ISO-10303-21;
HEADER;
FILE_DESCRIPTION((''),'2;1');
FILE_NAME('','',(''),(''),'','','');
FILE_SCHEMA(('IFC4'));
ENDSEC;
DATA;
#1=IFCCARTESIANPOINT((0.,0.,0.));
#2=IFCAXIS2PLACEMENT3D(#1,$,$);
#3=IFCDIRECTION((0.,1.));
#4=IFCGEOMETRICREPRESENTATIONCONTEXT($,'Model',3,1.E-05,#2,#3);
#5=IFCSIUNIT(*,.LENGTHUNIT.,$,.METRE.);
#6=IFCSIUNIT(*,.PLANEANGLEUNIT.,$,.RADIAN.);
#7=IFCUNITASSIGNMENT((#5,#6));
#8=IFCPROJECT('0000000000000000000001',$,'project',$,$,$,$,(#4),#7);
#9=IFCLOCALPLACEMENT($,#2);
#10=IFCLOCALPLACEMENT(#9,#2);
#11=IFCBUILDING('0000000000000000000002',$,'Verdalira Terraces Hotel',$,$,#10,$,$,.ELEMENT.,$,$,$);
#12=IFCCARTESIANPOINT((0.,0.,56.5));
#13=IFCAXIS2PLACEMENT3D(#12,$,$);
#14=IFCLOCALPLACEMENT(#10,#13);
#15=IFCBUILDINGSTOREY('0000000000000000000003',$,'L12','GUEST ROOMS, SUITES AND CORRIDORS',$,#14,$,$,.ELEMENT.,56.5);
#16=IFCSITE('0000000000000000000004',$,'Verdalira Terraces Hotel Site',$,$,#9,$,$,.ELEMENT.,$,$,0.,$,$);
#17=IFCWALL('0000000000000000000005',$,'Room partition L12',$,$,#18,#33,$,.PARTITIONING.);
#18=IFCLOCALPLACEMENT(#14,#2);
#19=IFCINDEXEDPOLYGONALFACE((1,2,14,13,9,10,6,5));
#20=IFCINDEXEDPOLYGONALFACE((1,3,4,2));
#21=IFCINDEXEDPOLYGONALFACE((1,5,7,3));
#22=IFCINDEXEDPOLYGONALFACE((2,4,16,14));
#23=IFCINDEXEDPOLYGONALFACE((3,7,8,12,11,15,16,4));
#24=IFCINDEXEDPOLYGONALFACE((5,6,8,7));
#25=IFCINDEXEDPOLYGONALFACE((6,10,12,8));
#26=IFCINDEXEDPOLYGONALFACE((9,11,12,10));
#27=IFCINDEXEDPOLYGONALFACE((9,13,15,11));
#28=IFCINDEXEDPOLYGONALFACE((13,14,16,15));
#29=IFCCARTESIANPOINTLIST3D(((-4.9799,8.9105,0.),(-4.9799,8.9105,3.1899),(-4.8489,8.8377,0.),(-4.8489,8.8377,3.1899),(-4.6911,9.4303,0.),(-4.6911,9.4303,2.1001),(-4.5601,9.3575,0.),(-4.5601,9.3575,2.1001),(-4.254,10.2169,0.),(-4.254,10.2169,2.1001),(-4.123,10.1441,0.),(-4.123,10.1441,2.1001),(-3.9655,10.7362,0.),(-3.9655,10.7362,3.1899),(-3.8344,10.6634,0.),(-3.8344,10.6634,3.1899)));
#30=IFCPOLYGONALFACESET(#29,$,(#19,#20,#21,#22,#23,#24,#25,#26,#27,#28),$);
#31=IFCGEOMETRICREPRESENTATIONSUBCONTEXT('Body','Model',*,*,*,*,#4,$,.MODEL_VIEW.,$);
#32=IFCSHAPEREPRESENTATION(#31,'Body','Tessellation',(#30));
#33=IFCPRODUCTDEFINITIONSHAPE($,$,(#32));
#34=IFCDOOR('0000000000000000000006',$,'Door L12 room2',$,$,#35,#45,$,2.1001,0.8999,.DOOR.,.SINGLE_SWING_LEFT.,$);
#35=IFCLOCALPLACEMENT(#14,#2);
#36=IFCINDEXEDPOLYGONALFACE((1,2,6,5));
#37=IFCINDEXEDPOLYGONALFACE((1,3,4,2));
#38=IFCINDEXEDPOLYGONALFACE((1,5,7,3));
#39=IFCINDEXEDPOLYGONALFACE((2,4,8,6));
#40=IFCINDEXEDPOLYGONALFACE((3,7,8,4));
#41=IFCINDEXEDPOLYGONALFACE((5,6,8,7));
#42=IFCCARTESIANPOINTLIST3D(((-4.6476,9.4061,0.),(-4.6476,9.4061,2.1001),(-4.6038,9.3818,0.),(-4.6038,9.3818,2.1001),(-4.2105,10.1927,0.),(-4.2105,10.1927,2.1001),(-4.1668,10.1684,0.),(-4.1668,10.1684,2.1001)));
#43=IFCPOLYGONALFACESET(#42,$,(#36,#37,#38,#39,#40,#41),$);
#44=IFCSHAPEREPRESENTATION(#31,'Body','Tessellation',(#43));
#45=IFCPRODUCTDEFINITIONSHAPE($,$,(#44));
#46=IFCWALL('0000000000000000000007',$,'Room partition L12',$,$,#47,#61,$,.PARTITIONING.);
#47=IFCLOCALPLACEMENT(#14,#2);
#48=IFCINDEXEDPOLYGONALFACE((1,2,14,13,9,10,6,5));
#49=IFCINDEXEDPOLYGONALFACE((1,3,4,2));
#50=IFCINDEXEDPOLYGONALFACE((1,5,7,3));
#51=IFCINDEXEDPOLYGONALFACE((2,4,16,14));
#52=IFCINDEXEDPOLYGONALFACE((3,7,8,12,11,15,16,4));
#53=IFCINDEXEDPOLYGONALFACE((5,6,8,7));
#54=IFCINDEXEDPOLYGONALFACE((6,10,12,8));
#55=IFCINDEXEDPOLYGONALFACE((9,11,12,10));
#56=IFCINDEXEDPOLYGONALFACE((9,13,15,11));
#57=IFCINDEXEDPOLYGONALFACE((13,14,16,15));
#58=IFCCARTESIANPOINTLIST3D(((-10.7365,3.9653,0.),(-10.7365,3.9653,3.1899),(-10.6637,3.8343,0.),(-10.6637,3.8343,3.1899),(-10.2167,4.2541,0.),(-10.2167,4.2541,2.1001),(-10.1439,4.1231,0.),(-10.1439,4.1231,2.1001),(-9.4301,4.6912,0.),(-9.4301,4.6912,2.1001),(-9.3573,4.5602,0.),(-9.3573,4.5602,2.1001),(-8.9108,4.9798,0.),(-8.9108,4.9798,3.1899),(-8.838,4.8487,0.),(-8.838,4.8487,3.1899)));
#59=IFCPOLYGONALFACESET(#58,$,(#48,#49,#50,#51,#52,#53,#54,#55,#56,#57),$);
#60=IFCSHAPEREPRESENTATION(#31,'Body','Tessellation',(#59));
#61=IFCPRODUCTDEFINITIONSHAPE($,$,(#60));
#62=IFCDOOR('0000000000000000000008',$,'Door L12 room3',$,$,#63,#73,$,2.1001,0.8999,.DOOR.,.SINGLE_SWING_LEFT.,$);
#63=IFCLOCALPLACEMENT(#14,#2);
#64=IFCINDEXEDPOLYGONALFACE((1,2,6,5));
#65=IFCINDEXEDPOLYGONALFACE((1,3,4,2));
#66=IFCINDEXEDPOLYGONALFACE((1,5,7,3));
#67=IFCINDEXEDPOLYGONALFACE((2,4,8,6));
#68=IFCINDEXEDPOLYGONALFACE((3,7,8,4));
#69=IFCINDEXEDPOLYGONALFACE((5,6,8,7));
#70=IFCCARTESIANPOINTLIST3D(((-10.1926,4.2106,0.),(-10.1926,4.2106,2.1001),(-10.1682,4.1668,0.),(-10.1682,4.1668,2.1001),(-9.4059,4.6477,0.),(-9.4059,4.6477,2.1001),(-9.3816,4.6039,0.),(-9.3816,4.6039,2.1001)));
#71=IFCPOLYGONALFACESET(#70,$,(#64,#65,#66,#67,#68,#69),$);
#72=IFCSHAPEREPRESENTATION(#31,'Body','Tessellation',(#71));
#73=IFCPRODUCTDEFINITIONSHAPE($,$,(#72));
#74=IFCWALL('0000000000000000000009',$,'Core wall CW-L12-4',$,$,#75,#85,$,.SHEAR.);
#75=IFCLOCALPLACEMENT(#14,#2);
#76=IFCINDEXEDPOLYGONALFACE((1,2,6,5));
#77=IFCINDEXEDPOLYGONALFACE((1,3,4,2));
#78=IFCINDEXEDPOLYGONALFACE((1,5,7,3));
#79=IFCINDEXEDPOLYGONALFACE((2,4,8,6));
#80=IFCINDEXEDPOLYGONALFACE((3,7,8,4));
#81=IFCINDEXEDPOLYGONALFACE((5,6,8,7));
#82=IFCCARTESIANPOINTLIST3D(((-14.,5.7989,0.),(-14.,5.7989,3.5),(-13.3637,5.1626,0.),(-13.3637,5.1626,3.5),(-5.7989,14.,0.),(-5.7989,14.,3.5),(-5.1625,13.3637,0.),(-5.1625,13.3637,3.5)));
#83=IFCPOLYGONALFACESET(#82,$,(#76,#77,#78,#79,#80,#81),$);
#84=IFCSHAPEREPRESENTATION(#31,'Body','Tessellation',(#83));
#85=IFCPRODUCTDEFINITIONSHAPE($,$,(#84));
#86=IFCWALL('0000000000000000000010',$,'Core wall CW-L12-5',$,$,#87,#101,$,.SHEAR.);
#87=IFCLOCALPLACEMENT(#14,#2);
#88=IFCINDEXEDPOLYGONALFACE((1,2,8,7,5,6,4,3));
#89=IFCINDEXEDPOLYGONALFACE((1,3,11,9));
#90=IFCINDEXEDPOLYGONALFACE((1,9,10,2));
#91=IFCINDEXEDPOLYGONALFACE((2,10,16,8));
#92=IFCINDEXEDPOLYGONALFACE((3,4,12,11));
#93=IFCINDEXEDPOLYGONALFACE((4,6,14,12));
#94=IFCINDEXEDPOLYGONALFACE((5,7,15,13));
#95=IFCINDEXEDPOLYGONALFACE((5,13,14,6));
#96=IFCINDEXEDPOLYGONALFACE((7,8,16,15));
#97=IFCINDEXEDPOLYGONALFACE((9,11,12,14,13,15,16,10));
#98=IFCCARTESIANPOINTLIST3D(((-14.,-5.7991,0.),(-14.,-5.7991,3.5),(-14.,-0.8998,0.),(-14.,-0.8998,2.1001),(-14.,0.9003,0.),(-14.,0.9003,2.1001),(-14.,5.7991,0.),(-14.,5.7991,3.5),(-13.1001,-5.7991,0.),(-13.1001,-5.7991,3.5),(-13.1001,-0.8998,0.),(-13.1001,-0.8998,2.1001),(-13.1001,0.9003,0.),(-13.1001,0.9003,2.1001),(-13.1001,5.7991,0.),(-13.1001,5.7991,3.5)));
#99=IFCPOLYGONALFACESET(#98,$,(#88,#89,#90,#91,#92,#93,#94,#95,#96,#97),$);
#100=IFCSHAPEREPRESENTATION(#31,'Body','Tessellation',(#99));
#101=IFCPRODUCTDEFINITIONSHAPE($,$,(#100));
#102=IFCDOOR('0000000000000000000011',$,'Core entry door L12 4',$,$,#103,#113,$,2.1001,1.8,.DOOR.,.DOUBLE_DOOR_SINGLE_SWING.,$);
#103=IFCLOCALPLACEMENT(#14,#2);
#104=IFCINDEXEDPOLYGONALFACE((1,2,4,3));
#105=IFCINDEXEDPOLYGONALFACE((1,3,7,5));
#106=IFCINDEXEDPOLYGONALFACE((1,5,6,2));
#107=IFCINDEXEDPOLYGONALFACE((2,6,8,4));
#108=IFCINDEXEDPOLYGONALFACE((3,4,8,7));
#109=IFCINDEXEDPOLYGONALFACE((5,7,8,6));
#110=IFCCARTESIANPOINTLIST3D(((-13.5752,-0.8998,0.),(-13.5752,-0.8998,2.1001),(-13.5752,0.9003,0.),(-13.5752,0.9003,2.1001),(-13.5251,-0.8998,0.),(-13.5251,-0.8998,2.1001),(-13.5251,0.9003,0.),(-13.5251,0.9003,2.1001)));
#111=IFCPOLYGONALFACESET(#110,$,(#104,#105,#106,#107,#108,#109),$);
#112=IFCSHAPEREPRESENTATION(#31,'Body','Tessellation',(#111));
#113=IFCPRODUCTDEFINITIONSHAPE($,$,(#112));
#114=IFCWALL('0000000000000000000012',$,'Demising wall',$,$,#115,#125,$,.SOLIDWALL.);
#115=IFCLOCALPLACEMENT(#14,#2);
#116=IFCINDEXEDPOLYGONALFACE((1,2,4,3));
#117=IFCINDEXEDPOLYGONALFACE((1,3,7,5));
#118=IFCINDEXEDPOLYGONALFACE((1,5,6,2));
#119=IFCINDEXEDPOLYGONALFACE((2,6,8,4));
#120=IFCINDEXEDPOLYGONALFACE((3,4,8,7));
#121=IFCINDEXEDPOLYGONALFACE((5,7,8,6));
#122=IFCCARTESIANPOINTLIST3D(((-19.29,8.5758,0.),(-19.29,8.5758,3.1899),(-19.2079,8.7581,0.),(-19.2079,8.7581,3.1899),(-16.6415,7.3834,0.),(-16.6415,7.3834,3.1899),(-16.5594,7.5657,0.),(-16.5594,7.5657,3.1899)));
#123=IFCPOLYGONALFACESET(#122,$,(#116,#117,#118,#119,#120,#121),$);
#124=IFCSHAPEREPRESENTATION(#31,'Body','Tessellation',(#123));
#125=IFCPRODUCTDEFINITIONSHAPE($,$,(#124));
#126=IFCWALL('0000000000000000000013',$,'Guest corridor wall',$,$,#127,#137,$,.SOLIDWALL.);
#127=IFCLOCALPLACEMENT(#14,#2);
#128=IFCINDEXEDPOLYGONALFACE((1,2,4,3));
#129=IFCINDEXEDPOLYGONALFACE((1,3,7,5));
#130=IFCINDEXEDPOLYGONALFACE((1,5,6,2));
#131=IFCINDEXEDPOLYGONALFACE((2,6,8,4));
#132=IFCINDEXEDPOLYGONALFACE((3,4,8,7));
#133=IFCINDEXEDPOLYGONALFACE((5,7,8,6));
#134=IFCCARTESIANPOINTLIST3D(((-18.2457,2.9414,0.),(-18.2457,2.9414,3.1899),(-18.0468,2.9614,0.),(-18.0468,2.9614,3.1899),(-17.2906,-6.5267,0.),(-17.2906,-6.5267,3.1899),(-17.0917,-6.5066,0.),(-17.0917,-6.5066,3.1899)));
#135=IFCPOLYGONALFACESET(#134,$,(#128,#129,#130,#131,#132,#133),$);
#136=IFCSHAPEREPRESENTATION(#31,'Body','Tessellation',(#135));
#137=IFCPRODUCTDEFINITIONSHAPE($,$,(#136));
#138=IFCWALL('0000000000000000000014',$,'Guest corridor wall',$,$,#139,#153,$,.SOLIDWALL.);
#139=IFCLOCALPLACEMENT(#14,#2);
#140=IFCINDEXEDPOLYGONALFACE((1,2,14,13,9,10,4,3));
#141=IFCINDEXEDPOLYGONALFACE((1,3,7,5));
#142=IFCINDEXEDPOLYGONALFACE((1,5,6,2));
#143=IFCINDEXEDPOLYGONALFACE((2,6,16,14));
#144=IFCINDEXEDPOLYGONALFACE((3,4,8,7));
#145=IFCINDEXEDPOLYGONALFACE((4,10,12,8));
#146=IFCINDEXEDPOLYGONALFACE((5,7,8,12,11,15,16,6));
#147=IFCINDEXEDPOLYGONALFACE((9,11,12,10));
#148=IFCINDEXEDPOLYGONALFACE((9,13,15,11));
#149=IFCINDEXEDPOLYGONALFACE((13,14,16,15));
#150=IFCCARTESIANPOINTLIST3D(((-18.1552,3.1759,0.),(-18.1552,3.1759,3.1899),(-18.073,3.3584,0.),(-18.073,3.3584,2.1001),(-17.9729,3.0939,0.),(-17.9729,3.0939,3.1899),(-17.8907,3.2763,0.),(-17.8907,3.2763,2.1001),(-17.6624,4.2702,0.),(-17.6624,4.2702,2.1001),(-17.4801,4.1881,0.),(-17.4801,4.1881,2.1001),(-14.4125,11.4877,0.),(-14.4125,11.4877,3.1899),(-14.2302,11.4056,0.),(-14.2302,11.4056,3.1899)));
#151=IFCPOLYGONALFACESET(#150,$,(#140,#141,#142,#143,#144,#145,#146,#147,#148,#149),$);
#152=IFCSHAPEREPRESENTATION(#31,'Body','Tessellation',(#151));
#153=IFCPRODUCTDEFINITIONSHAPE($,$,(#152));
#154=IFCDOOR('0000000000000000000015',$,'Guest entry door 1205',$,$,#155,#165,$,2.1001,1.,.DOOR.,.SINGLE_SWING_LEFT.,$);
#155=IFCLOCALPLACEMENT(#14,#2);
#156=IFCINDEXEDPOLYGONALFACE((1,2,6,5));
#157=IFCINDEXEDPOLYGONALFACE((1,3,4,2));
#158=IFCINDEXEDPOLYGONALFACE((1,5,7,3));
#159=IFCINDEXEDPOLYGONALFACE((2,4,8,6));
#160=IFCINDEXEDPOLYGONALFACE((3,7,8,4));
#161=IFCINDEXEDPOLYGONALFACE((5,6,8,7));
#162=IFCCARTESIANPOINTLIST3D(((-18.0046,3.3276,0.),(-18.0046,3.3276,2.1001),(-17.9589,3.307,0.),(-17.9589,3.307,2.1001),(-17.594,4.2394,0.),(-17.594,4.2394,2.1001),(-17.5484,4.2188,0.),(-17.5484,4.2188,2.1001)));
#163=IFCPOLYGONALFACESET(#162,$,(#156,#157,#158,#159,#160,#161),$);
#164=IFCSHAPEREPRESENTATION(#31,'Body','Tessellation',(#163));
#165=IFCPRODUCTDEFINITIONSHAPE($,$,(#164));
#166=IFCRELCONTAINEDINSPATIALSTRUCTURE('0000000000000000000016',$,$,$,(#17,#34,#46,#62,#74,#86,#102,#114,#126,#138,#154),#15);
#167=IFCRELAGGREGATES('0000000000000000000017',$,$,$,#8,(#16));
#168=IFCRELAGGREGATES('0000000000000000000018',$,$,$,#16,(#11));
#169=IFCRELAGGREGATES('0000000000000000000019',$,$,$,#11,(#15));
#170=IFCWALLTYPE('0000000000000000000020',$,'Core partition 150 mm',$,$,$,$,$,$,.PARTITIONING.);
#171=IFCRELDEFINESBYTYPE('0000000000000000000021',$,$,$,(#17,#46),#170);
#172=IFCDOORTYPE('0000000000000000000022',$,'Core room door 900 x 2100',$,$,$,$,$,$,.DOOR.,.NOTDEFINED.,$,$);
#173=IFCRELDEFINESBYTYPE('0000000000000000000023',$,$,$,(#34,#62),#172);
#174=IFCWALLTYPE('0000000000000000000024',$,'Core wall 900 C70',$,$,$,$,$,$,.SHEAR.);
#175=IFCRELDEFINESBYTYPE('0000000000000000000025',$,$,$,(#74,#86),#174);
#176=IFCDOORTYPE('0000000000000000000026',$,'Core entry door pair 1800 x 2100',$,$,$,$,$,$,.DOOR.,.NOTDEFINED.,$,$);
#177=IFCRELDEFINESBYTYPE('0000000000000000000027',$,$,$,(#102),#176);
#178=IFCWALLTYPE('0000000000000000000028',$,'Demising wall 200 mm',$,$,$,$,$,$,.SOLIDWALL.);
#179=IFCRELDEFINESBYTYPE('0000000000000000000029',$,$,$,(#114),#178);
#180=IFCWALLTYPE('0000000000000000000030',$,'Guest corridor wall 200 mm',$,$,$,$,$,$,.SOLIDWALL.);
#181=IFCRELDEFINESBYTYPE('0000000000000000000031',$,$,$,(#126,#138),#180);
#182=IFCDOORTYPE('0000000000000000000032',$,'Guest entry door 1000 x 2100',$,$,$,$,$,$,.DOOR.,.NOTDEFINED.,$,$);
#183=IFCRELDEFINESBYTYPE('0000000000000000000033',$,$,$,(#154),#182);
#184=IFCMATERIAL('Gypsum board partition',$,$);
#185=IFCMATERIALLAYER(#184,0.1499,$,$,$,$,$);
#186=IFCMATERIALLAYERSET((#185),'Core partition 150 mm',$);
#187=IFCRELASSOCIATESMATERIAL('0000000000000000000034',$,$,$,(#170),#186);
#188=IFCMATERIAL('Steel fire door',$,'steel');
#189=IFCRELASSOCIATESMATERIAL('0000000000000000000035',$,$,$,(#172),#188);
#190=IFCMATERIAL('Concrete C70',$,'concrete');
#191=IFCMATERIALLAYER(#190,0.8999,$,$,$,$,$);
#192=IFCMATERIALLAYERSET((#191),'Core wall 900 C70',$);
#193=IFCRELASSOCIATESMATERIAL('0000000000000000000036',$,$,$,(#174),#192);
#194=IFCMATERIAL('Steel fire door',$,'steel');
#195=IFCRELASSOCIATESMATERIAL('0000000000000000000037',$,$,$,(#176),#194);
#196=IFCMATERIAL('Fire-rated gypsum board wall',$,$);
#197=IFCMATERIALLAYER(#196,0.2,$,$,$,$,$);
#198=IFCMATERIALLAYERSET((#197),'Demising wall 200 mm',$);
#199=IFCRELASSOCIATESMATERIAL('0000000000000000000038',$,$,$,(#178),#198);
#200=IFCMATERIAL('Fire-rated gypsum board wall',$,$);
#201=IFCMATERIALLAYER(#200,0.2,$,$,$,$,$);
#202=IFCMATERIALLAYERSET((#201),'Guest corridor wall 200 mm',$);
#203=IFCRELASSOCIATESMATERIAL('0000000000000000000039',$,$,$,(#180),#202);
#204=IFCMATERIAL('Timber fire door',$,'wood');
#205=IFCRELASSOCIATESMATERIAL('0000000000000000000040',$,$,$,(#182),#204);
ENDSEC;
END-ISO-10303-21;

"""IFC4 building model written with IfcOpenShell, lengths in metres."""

from ifc_helpers import new_model, si_unit, direction, frame, frame_2d, origin, place, context, subcontext, project, spatial, rectangle, extrude, material, layer, layer_set, type_object, element, fill, save


model = new_model("IFC4")

# Units and contexts
model_context = context("Model", 3, precision=1e-05, world=origin(), true_north=direction((0.0, 1.0)))
body_context = subcontext(model_context, "Body", "Model", "MODEL_VIEW")
ifc_project = project(units=[si_unit("LENGTHUNIT", "METRE"), si_unit("PLANEANGLEUNIT", "RADIAN")], contexts=[model_context])

# Site, building, storey
site_placement = place(None, origin())
site = spatial("IfcSite", under=ifc_project, at=site_placement, Name="Verdalira Terraces Hotel Site", CompositionType="ELEMENT", RefElevation=0.0)
building_placement = place(site_placement, origin())
building = spatial("IfcBuilding", under=site, at=building_placement, Name="Verdalira Terraces Hotel", CompositionType="ELEMENT")
storey_placement = place(building_placement, frame((0.0, 0.0, 56.5)))
storey = spatial("IfcBuildingStorey", under=building, at=storey_placement, Name="L12", Description="GUEST ROOMS, SUITES AND CORRIDORS", CompositionType="ELEMENT", Elevation=56.5)

# Walls, openings, doors
ifc_material_1 = material(Name="Gypsum board partition")
ifc_layer_1 = layer(ifc_material_1, 0.1499)
ifc_layer_set_1 = layer_set([ifc_layer_1], Name="Core partition 150 mm")
wall_type_1 = type_object("IfcWallType", Name="Core partition 150 mm", PredefinedType="PARTITIONING", material=ifc_layer_set_1)
wall_1_placement = place(storey_placement, frame((-3.8999, 10.7, 0.0), z_axis=(0.0, 0.0, 1.0), x_axis=(-0.485693, -0.87413, 0.0)))
wall_1 = element("IfcWall", 1, at=wall_1_placement, inside=storey, type_object=wall_type_1, Name="Room partition L12", PredefinedType="PARTITIONING", context=body_context, shape_type="SweptSolid", body=[
    extrude(rectangle(XDim=2.0886, YDim=0.1499, at=frame_2d((1.0444, 0.0))), origin(), (0.0, 0.0, 1.0), 3.1899),
])
opening_1_placement = place(wall_1_placement, frame((0.5942, 0.0, 0.0)))
opening_1 = element("IfcOpeningElement", 2, at=opening_1_placement, cuts=wall_1, PredefinedType="OPENING", context=body_context, shape_type="SweptSolid", body=[
    extrude(rectangle(XDim=0.8999, YDim=2.1001, at=frame_2d((0.45, 1.05))), frame((0.0, 0.085, 0.0), z_axis=(0.0, -1.0, 0.0), x_axis=(1.0, 0.0, 0.0)), (0.0, 0.0, 1.0), 0.1699),
])
ifc_material_2 = material(Name="Steel fire door", Category="steel")
door_type_1 = type_object("IfcDoorType", Name="Core room door 900 x 2100", OperationType="NOTDEFINED", PredefinedType="DOOR", material=ifc_material_2)
door_1_placement = place(opening_1_placement, origin())
door_1 = element("IfcDoor", 3, at=door_1_placement, inside=storey, type_object=door_type_1, Name="Door L12 room2", OperationType="SINGLE_SWING_LEFT", OverallHeight=2.1001, OverallWidth=0.8999, PredefinedType="DOOR", context=body_context, shape_type="SweptSolid", body=[
    extrude(rectangle(XDim=0.8999, YDim=2.1001, at=frame_2d((0.45, 1.05))), frame((0.0, 0.0249, 0.0), z_axis=(0.0, -1.0, 0.0), x_axis=(1.0, 0.0, 0.0)), (0.0, 0.0, 1.0), 0.05),
])
fill(opening_1, door_1)
wall_2_placement = place(storey_placement, frame((-8.8743, 4.9143, 0.0), z_axis=(0.0, 0.0, 1.0), x_axis=(-0.87413, -0.485693, 0.0)))
wall_2 = element("IfcWall", 4, at=wall_2_placement, inside=storey, type_object=wall_type_1, Name="Room partition L12", PredefinedType="PARTITIONING", context=body_context, shape_type="SweptSolid", body=[
    extrude(rectangle(XDim=2.0886, YDim=0.1499, at=frame_2d((1.0444, 0.0))), origin(), (0.0, 0.0, 1.0), 3.1899),
])
opening_2_placement = place(wall_2_placement, frame((0.5942, 0.0, 0.0)))
opening_2 = element("IfcOpeningElement", 5, at=opening_2_placement, cuts=wall_2, PredefinedType="OPENING", context=body_context, shape_type="SweptSolid", body=[
    extrude(rectangle(XDim=0.8999, YDim=2.1001, at=frame_2d((0.45, 1.05))), frame((0.0, 0.085, 0.0), z_axis=(0.0, -1.0, 0.0), x_axis=(1.0, 0.0, 0.0)), (0.0, 0.0, 1.0), 0.1699),
])
door_2_placement = place(opening_2_placement, origin())
door_2 = element("IfcDoor", 6, at=door_2_placement, inside=storey, type_object=door_type_1, Name="Door L12 room3", OperationType="SINGLE_SWING_LEFT", OverallHeight=2.1001, OverallWidth=0.8999, PredefinedType="DOOR", context=body_context, shape_type="SweptSolid", body=[
    extrude(rectangle(XDim=0.8999, YDim=2.1001, at=frame_2d((0.45, 1.05))), frame((0.0, 0.0249, 0.0), z_axis=(0.0, -1.0, 0.0), x_axis=(1.0, 0.0, 0.0)), (0.0, 0.0, 1.0), 0.05),
])
fill(opening_2, door_2)

# Wall
ifc_material_3 = material(Name="Concrete C70", Category="concrete")
ifc_layer_2 = layer(ifc_material_3, 0.8999)
ifc_layer_set_2 = layer_set([ifc_layer_2], Name="Core wall 900 C70")
wall_type_2 = type_object("IfcWallType", Name="Core wall 900 C70", PredefinedType="SHEAR", material=ifc_layer_set_2)
wall_3_placement = place(storey_placement, frame((-5.4807, 13.6819, 0.0), z_axis=(0.0, 0.0, 1.0), x_axis=(-0.707107, -0.707107, 0.0)))
element("IfcWall", 7, at=wall_3_placement, inside=storey, type_object=wall_type_2, Name="Core wall CW-L12-4", PredefinedType="SHEAR", context=body_context, shape_type="SweptSolid", body=[
    extrude(rectangle(XDim=11.5981, YDim=0.8999, at=frame_2d((5.7991, 0.0))), origin(), (0.0, 0.0, 1.0), 3.5),
])

# Wall, opening, door
wall_4_placement = place(storey_placement, frame((-13.55, 5.7991, 0.0), z_axis=(0.0, 0.0, 1.0), x_axis=(0.0, -1.0, 0.0)))
wall_4 = element("IfcWall", 8, at=wall_4_placement, inside=storey, type_object=wall_type_2, Name="Core wall CW-L12-5", PredefinedType="SHEAR", context=body_context, shape_type="SweptSolid", body=[
    extrude(rectangle(XDim=11.5981, YDim=0.8999, at=frame_2d((5.7991, 0.0))), origin(), (0.0, 0.0, 1.0), 3.5),
])
opening_3_placement = place(wall_4_placement, frame((4.8989, 0.0, 0.0)))
opening_3 = element("IfcOpeningElement", 9, at=opening_3_placement, cuts=wall_4, PredefinedType="OPENING", context=body_context, shape_type="SweptSolid", body=[
    extrude(rectangle(XDim=1.8, YDim=2.1001, at=frame_2d((0.8999, 1.05))), frame((0.0, 0.46, 0.0), z_axis=(0.0, -1.0, 0.0), x_axis=(1.0, 0.0, 0.0)), (0.0, 0.0, 1.0), 0.9199),
])
ifc_material_4 = material(Name="Steel fire door", Category="steel")
door_type_2 = type_object("IfcDoorType", Name="Core entry door pair 1800 x 2100", OperationType="NOTDEFINED", PredefinedType="DOOR", material=ifc_material_4)
door_3_placement = place(opening_3_placement, origin())
door_3 = element("IfcDoor", 10, at=door_3_placement, inside=storey, type_object=door_type_2, Name="Core entry door L12 4", OperationType="DOUBLE_DOOR_SINGLE_SWING", OverallHeight=2.1001, OverallWidth=1.8, PredefinedType="DOOR", context=body_context, shape_type="SweptSolid", body=[
    extrude(rectangle(XDim=1.8, YDim=2.1001, at=frame_2d((0.8999, 1.05))), frame((0.0, 0.0249, 0.0), z_axis=(0.0, -1.0, 0.0), x_axis=(1.0, 0.0, 0.0)), (0.0, 0.0, 1.0), 0.05),
])
fill(opening_3, door_3)

# Walls
ifc_material_5 = material(Name="Fire-rated gypsum board wall")
ifc_layer_3 = layer(ifc_material_5, 0.2)
ifc_layer_set_3 = layer_set([ifc_layer_3], Name="Demising wall 200 mm")
wall_type_3 = type_object("IfcWallType", Name="Demising wall 200 mm", PredefinedType="SOLIDWALL", material=ifc_layer_set_3)
wall_5_placement = place(storey_placement, frame((-16.6006, 7.4746, 0.0), z_axis=(0.0, 0.0, 1.0), x_axis=(-0.911846, 0.410532, 0.0)))
element("IfcWall", 11, at=wall_5_placement, inside=storey, type_object=wall_type_3, Name="Demising wall", PredefinedType="SOLIDWALL", context=body_context, shape_type="SweptSolid", body=[
    extrude(rectangle(XDim=2.9045, YDim=0.2, at=frame_2d((1.4521, 0.0))), origin(), (0.0, 0.0, 1.0), 3.1899),
])
ifc_material_6 = material(Name="Fire-rated gypsum board wall")
ifc_layer_4 = layer(ifc_material_6, 0.2)
ifc_layer_set_4 = layer_set([ifc_layer_4], Name="Guest corridor wall 200 mm")
wall_type_4 = type_object("IfcWallType", Name="Guest corridor wall 200 mm", PredefinedType="SOLIDWALL", material=ifc_layer_set_4)
wall_6_placement = place(storey_placement, frame((-18.1462, 2.9514, 0.0), z_axis=(0.0, 0.0, 1.0), x_axis=(0.100365, -0.994951, 0.0)))
element("IfcWall", 12, at=wall_6_placement, inside=storey, type_object=wall_type_4, Name="Guest corridor wall", PredefinedType="SOLIDWALL", context=body_context, shape_type="SweptSolid", body=[
    extrude(rectangle(XDim=9.5161, YDim=0.2, at=frame_2d((4.7581, 0.0))), origin(), (0.0, 0.0, 1.0), 3.1899),
])

# Wall, opening, door
wall_7_placement = place(storey_placement, frame((-18.064, 3.135, 0.0), z_axis=(0.0, 0.0, 1.0), x_axis=(0.410582, 0.911824, 0.0)))
wall_7 = element("IfcWall", 13, at=wall_7_placement, inside=storey, type_object=wall_type_4, Name="Guest corridor wall", PredefinedType="SOLIDWALL", context=body_context, shape_type="SweptSolid", body=[
    extrude(rectangle(XDim=9.1155, YDim=0.2, at=frame_2d((4.5576, 0.0))), origin(), (0.0, 0.0, 1.0), 3.1899),
])
opening_4_placement = place(wall_7_placement, frame((0.2, 0.0, 0.0)))
opening_4 = element("IfcOpeningElement", 14, at=opening_4_placement, cuts=wall_7, PredefinedType="OPENING", context=body_context, shape_type="SweptSolid", body=[
    extrude(rectangle(XDim=1.0, YDim=2.1001, at=frame_2d((0.5, 1.05))), frame((0.0, 0.1099, 0.0), z_axis=(0.0, -1.0, 0.0), x_axis=(1.0, 0.0, 0.0)), (0.0, 0.0, 1.0), 0.22),
])
ifc_material_7 = material(Name="Timber fire door", Category="wood")
door_type_3 = type_object("IfcDoorType", Name="Guest entry door 1000 x 2100", OperationType="NOTDEFINED", PredefinedType="DOOR", material=ifc_material_7)
door_4_placement = place(opening_4_placement, origin())
door_4 = element("IfcDoor", 15, at=door_4_placement, inside=storey, type_object=door_type_3, Name="Guest entry door 1205", OperationType="SINGLE_SWING_LEFT", OverallHeight=2.1001, OverallWidth=1.0, PredefinedType="DOOR", context=body_context, shape_type="SweptSolid", body=[
    extrude(rectangle(XDim=1.0, YDim=2.1001, at=frame_2d((0.5, 1.05))), frame((0.0, 0.0249, 0.0), z_axis=(0.0, -1.0, 0.0), x_axis=(1.0, 0.0, 0.0)), (0.0, 0.0, 1.0), 0.05),
])
fill(opening_4, door_4)

save(model, "model.ifc")
